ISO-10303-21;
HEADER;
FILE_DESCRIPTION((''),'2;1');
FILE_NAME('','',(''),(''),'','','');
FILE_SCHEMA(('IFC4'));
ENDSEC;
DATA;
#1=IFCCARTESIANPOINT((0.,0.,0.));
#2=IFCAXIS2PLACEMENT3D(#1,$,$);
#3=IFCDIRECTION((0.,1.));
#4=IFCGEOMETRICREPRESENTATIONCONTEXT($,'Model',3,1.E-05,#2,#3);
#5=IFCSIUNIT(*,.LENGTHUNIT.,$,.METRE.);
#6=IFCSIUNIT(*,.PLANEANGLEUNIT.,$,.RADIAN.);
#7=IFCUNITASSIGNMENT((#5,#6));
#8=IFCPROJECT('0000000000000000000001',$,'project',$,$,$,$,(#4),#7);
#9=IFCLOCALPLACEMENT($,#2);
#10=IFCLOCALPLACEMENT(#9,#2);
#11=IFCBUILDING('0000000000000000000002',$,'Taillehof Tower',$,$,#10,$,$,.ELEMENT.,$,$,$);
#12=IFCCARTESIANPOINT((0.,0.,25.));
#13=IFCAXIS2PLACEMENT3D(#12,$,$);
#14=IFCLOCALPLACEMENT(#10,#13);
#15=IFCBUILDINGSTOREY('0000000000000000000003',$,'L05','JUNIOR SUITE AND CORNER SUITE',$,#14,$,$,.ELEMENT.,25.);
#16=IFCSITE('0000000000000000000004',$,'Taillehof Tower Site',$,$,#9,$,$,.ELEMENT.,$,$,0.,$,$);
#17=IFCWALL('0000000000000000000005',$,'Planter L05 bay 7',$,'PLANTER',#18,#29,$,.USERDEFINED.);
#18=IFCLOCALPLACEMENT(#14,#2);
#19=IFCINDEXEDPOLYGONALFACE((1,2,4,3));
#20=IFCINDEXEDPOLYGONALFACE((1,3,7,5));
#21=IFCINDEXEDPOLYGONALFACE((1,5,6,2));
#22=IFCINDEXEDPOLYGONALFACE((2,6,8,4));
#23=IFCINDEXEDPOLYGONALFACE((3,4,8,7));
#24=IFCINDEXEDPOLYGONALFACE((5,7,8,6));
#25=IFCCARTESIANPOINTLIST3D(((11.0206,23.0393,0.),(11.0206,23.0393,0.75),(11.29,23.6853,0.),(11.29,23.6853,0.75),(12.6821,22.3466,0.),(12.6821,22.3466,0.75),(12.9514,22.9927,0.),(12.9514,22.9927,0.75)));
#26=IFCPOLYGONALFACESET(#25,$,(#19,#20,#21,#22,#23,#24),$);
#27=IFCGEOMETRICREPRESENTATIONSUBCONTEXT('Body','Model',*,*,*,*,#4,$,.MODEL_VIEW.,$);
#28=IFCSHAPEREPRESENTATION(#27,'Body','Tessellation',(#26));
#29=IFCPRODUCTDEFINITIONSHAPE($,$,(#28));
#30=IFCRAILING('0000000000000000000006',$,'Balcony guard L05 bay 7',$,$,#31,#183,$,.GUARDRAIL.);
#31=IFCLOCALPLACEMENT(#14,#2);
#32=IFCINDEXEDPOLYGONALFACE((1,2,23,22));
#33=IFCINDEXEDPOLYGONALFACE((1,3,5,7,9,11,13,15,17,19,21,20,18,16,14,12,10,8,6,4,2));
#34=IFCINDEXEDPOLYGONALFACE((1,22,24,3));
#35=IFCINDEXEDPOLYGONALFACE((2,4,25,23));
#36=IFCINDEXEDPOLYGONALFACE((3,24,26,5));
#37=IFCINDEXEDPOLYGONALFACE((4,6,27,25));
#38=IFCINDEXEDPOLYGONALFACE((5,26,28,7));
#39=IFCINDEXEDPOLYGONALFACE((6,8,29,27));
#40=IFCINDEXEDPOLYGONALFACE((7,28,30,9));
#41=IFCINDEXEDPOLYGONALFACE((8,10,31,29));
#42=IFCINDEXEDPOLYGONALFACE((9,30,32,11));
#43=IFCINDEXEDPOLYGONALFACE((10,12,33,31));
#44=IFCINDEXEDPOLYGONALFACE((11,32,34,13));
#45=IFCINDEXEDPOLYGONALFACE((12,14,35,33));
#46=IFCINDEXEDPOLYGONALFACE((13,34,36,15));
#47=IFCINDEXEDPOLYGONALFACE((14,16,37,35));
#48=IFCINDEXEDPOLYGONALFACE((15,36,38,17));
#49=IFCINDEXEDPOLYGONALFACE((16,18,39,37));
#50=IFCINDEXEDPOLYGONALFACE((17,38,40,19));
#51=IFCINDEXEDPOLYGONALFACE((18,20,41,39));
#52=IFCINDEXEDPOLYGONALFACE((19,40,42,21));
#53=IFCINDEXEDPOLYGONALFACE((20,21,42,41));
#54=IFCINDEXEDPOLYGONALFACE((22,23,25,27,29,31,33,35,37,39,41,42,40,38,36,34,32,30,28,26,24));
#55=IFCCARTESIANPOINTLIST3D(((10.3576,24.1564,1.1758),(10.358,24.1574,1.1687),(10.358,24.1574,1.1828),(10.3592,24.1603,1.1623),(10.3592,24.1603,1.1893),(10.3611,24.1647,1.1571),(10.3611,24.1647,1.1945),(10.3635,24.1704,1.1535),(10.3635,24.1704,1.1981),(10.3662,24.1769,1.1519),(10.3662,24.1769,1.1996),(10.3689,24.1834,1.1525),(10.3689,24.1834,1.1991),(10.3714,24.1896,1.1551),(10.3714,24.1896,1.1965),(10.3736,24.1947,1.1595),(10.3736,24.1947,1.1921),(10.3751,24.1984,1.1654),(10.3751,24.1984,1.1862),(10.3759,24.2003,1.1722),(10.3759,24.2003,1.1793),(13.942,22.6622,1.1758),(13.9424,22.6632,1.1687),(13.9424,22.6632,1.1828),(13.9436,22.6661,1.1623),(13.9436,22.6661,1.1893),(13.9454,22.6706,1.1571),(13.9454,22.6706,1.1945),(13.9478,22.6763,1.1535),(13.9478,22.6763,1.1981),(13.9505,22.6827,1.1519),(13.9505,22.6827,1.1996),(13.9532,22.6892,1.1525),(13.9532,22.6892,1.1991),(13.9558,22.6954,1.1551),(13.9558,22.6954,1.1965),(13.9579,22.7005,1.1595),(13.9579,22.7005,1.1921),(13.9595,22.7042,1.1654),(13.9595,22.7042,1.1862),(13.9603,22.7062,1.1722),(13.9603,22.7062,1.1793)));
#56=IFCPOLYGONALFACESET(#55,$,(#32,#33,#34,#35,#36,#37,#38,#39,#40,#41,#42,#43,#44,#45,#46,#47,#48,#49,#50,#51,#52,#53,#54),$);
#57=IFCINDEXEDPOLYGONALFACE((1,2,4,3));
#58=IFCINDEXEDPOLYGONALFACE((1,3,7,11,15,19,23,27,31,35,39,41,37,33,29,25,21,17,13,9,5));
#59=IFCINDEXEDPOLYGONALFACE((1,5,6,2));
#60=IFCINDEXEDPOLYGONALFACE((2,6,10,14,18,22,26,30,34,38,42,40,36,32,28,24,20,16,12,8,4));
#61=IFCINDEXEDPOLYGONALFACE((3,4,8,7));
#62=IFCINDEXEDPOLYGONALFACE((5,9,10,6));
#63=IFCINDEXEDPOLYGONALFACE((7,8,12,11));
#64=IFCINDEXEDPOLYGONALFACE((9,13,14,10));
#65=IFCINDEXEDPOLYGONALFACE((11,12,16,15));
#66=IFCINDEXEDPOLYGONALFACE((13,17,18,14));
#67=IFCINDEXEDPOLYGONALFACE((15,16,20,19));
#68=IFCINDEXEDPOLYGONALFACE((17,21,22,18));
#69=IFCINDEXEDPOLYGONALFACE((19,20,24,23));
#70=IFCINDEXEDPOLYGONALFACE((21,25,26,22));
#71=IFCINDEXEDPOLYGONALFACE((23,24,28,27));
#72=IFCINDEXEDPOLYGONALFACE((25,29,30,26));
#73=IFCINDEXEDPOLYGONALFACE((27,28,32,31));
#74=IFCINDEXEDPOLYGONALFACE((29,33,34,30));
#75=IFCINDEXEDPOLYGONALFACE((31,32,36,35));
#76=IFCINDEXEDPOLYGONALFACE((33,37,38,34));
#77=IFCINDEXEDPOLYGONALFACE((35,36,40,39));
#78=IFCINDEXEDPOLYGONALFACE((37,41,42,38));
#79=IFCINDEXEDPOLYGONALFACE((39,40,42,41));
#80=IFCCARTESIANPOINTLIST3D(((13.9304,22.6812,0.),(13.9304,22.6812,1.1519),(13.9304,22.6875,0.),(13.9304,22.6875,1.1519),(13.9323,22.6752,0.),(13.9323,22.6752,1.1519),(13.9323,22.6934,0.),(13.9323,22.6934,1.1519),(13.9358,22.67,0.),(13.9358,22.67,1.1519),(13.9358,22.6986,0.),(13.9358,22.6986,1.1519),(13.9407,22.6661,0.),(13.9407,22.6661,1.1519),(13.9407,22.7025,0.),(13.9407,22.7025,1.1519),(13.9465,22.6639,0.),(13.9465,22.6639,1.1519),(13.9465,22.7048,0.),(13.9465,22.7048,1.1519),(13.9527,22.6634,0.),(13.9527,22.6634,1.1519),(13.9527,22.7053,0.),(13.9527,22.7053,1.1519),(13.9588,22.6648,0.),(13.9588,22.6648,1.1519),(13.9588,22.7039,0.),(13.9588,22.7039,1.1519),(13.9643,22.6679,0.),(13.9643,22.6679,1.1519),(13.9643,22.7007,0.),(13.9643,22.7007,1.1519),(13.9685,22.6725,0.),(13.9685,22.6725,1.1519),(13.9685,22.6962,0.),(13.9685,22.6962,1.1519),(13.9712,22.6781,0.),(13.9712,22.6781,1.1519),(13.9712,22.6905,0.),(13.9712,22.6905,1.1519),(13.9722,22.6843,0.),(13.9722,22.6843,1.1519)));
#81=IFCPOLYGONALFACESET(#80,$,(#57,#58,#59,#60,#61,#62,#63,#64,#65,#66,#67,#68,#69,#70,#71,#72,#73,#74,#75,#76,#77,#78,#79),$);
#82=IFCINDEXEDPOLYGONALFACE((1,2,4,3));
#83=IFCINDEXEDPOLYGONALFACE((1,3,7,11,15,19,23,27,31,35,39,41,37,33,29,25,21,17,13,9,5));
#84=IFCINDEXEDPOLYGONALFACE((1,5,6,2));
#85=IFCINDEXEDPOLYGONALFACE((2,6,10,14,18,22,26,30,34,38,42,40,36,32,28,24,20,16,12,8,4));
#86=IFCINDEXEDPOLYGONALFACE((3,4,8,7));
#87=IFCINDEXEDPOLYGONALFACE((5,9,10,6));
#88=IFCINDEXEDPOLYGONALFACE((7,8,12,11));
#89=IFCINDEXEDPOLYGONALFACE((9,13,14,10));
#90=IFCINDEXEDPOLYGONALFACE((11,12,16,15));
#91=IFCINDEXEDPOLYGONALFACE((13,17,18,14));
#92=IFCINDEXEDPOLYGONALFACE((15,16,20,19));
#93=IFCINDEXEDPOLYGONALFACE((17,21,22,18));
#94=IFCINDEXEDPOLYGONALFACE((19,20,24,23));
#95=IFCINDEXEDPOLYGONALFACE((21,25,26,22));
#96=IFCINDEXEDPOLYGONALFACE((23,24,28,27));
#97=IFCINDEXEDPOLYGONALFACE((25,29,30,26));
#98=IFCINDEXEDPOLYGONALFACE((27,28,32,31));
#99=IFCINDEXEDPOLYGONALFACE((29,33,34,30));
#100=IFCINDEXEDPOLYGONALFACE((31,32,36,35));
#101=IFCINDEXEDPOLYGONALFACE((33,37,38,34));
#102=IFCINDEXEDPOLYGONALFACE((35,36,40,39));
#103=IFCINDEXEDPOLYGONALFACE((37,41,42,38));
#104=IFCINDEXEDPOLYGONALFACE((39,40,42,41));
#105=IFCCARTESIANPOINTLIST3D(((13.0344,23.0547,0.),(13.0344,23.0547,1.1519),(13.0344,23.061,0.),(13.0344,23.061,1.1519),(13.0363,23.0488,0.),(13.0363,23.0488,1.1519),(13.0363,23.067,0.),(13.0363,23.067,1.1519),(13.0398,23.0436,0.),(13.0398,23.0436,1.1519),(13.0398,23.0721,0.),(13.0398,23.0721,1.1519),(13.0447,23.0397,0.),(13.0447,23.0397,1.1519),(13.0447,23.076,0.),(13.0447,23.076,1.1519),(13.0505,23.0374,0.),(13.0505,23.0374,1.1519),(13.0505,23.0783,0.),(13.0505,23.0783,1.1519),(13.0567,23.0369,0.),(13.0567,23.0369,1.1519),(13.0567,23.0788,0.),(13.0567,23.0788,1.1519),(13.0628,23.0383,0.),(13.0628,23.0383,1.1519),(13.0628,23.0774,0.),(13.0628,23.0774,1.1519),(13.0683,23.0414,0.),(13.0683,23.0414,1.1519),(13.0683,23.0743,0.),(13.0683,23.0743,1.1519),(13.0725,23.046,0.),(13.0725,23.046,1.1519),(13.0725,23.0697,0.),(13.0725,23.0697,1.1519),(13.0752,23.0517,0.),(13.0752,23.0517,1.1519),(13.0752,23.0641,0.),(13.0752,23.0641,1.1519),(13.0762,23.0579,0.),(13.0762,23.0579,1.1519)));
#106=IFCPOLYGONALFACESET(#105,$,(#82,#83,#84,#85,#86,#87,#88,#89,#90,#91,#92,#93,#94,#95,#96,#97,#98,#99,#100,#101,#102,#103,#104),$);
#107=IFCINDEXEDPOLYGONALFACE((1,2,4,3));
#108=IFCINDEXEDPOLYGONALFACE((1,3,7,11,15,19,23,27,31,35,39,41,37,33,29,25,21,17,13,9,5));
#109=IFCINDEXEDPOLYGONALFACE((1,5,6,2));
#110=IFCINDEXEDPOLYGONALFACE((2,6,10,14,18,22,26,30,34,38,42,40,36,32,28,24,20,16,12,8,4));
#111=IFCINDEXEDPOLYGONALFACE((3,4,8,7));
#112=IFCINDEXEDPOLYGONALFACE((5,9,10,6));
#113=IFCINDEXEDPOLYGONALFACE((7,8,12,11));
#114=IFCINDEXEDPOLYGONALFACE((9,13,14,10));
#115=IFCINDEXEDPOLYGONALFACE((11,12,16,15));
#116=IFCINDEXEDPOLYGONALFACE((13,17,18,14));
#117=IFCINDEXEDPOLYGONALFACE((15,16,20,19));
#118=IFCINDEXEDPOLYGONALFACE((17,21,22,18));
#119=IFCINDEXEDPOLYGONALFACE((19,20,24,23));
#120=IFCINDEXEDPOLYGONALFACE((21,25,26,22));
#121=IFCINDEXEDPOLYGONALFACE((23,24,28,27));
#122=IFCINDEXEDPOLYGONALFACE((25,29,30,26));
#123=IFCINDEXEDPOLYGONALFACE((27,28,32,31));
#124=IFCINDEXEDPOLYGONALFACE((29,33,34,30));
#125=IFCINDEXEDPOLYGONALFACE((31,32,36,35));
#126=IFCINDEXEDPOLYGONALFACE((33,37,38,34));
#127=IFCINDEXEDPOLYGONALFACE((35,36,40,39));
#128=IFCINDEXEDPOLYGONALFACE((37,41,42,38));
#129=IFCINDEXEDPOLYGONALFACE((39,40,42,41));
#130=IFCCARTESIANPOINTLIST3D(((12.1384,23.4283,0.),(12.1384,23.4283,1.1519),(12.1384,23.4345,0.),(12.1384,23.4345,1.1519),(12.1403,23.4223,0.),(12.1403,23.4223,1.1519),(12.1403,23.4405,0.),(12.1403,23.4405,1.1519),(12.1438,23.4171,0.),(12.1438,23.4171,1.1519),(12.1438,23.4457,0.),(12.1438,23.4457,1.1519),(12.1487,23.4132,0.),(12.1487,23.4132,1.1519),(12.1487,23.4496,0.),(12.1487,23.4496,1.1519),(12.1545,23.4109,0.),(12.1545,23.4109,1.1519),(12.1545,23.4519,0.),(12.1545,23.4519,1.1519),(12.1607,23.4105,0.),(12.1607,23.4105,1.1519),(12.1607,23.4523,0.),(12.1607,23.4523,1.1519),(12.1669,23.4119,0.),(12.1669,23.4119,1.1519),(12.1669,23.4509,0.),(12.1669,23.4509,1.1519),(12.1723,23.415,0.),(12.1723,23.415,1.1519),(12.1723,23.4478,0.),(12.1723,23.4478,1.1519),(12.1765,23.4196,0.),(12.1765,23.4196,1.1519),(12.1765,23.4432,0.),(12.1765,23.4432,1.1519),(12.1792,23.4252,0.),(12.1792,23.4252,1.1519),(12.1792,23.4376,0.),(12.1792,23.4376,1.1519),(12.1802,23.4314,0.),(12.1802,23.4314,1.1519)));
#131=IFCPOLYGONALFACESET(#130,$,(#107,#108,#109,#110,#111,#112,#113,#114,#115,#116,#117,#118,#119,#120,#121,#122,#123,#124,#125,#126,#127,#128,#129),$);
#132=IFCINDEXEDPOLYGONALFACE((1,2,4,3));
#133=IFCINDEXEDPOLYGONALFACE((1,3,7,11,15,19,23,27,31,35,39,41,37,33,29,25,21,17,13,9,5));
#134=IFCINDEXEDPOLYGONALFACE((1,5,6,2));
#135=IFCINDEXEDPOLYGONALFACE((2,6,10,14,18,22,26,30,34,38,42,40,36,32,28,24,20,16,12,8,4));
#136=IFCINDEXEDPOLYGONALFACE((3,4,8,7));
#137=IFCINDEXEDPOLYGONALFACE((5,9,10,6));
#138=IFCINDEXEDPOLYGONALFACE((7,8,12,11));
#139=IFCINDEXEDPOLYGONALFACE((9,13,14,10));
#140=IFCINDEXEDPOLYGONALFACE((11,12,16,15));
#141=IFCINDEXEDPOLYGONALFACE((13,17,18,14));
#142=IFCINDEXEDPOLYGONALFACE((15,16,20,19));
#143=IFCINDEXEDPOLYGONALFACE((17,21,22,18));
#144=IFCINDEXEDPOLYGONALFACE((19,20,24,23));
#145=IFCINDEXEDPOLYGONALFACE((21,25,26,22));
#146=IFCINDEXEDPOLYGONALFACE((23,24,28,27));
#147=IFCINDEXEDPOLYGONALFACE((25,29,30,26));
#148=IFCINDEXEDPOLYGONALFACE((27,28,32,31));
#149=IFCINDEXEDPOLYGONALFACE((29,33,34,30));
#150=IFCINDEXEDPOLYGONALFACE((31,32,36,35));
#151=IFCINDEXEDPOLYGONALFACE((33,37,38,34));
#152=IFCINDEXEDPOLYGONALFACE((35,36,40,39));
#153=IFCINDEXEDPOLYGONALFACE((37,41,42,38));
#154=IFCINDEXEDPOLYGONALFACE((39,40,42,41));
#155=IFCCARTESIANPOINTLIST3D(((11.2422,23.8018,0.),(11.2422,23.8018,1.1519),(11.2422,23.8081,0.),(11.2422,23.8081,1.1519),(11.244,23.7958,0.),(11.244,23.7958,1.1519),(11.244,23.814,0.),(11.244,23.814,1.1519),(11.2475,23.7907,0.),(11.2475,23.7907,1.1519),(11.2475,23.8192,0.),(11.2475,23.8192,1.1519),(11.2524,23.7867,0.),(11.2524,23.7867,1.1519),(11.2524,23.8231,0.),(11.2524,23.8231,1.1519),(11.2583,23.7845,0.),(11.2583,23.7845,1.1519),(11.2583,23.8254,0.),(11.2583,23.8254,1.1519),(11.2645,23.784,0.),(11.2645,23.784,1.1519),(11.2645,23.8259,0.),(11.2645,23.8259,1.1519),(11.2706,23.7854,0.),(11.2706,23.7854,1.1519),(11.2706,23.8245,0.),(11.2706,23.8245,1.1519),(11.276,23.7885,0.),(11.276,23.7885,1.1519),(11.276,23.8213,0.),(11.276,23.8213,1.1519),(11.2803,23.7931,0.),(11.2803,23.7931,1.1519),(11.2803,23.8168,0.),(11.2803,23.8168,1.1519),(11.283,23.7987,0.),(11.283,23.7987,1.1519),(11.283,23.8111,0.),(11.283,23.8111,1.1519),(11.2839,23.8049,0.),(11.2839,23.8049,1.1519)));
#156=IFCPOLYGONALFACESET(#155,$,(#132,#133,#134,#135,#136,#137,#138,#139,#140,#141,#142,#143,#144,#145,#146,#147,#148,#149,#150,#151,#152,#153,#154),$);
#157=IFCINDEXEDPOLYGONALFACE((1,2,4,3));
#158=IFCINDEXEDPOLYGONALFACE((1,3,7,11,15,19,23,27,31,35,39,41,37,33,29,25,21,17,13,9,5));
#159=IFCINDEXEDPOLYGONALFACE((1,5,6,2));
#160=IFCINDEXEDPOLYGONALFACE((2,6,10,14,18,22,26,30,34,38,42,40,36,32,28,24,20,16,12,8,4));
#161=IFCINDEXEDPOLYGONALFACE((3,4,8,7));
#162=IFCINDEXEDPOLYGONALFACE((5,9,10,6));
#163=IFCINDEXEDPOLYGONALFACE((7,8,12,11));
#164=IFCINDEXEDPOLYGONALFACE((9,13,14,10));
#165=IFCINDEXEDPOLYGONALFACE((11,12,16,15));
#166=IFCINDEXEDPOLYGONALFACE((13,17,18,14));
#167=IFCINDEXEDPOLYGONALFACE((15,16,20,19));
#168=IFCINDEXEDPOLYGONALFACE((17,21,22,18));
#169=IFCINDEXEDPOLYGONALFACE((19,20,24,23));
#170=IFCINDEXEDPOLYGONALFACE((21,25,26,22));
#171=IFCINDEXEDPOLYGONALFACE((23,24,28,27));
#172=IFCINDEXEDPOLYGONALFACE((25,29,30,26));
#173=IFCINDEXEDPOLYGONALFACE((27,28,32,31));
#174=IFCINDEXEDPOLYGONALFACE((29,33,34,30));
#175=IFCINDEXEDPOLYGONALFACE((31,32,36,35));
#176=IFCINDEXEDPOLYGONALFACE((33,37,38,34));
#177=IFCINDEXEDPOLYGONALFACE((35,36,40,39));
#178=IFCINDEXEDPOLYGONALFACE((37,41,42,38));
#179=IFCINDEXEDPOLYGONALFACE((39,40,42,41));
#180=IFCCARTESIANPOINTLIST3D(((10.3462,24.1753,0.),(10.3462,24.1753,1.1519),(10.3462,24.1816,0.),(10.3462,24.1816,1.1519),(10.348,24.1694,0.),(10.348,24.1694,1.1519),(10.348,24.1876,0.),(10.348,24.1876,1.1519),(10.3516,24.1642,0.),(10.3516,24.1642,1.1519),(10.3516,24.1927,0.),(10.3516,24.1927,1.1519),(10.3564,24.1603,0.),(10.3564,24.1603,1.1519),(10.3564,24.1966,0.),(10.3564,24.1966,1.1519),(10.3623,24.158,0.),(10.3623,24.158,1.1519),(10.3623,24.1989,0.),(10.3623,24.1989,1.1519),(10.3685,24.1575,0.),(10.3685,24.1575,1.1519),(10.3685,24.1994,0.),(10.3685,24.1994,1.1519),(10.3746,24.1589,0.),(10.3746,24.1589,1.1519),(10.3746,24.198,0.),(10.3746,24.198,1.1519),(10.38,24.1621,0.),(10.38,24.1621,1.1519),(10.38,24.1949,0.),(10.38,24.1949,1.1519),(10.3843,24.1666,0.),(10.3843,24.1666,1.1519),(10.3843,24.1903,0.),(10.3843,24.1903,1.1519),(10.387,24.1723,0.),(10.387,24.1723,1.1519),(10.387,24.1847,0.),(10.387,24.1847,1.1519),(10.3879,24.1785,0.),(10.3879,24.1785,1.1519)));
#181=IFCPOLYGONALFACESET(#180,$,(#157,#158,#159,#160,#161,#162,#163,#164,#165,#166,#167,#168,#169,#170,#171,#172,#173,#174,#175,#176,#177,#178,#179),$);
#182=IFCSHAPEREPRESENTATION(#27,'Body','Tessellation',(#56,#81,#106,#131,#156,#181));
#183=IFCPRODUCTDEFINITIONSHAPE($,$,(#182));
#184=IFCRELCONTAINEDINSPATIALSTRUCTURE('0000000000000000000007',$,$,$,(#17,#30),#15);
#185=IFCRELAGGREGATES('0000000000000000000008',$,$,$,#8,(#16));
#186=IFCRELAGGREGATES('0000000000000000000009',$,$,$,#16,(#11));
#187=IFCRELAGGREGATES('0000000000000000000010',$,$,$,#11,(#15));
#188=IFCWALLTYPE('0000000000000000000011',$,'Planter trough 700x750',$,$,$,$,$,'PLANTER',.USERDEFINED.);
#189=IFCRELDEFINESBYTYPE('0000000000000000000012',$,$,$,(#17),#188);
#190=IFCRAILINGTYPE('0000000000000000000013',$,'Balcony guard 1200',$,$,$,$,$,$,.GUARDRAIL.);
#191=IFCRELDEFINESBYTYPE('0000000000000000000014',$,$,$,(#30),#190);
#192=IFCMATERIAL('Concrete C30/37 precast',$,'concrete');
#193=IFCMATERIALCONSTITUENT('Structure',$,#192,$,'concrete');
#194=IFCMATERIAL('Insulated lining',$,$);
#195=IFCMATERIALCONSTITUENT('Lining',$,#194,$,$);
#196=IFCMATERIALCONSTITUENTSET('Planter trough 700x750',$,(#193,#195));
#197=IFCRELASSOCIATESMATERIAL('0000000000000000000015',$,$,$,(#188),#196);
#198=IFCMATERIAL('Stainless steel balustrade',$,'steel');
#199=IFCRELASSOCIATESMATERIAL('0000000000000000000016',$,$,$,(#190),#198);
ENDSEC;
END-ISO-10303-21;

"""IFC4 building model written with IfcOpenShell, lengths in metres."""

from ifc_helpers import new_model, si_unit, direction, frame, frame_2d, origin, origin_2d, place, context, subcontext, project, spatial, rectangle, circle, extrude, material, constituent, constituent_set, type_object, element, save


model = new_model("IFC4")

# Units and contexts
model_context = context("Model", 3, precision=1e-05, world=origin(), true_north=direction((0.0, 1.0)))
body_context = subcontext(model_context, "Body", "Model", "MODEL_VIEW")
ifc_project = project(units=[si_unit("LENGTHUNIT", "METRE"), si_unit("PLANEANGLEUNIT", "RADIAN")], contexts=[model_context])

# Site, building, storey
site_placement = place(None, origin())
site = spatial("IfcSite", under=ifc_project, at=site_placement, Name="Taillehof Tower Site", CompositionType="ELEMENT", RefElevation=0.0)
building_placement = place(site_placement, origin())
building = spatial("IfcBuilding", under=site, at=building_placement, Name="Taillehof Tower", CompositionType="ELEMENT")
storey_placement = place(building_placement, frame((0.0, 0.0, 25.0)))
storey = spatial("IfcBuildingStorey", under=building, at=storey_placement, Name="L05", Description="JUNIOR SUITE AND CORNER SUITE", CompositionType="ELEMENT", Elevation=25.0)

# Wall
ifc_material_1 = material(Name="Concrete C30/37 precast", Category="concrete")
ifc_constituent_1 = constituent(ifc_material_1, Name="Structure", Category="concrete")
ifc_material_2 = material(Name="Insulated lining")
ifc_constituent_2 = constituent(ifc_material_2, Name="Lining")
ifc_constituent_set = constituent_set(constituents=[ifc_constituent_1, ifc_constituent_2], Name="Planter trough 700x750")
wall_type_1 = type_object("IfcWallType", Name="Planter trough 700x750", ElementType="PLANTER", PredefinedType="USERDEFINED", material=ifc_constituent_set)
wall_1_placement = place(storey_placement, frame((12.8167, 22.6697, 0.0), z_axis=(0.0, 0.0, 1.0), x_axis=(-0.923001, 0.384798, 0.0)))
element("IfcWall", 1, at=wall_1_placement, inside=storey, type_object=wall_type_1, Name="Planter L05 bay 7", ObjectType="PLANTER", PredefinedType="USERDEFINED", context=body_context, shape_type="SweptSolid", body=[
    extrude(rectangle(XDim=1.8, YDim=0.7, at=frame_2d((0.8999, 0.0))), origin(), (0.0, 0.0, 1.0), 0.75),
])

# Railing
ifc_material_3 = material(Name="Stainless steel balustrade", Category="steel")
railing_type = type_object("IfcRailingType", Name="Balcony guard 1200", PredefinedType="GUARDRAIL", material=ifc_material_3)
railing_placement = place(storey_placement, frame((13.9512, 22.6843, 0.0)))
element("IfcRailing", 2, at=railing_placement, inside=storey, type_object=railing_type, Name="Balcony guard L05 bay 7", PredefinedType="GUARDRAIL", context=body_context, shape_type="SweptSolid", body=[
    extrude(circle(Radius=0.0239, at=origin_2d()), frame((0.0, 0.0, 1.1758), z_axis=(-0.923012, 0.384772, 0.0), x_axis=(-0.384772, -0.923012, 0.0)), (0.0, 0.0, 1.0), 3.8833),
    extrude(circle(Radius=0.021, at=origin_2d()), origin(), (0.0, 0.0, 1.0), 1.1519),
    extrude(circle(Radius=0.021, at=origin_2d()), frame((-0.896, 0.3735, 0.0)), (0.0, 0.0, 1.0), 1.1519),
    extrude(circle(Radius=0.021, at=origin_2d()), frame((-1.792, 0.7471, 0.0)), (0.0, 0.0, 1.0), 1.1519),
    extrude(circle(Radius=0.021, at=origin_2d()), frame((-2.6882, 1.1206, 0.0)), (0.0, 0.0, 1.0), 1.1519),
    extrude(circle(Radius=0.021, at=origin_2d()), frame((-3.5842, 1.4941, 0.0)), (0.0, 0.0, 1.0), 1.1519),
])

save(model, "model.ifc")
